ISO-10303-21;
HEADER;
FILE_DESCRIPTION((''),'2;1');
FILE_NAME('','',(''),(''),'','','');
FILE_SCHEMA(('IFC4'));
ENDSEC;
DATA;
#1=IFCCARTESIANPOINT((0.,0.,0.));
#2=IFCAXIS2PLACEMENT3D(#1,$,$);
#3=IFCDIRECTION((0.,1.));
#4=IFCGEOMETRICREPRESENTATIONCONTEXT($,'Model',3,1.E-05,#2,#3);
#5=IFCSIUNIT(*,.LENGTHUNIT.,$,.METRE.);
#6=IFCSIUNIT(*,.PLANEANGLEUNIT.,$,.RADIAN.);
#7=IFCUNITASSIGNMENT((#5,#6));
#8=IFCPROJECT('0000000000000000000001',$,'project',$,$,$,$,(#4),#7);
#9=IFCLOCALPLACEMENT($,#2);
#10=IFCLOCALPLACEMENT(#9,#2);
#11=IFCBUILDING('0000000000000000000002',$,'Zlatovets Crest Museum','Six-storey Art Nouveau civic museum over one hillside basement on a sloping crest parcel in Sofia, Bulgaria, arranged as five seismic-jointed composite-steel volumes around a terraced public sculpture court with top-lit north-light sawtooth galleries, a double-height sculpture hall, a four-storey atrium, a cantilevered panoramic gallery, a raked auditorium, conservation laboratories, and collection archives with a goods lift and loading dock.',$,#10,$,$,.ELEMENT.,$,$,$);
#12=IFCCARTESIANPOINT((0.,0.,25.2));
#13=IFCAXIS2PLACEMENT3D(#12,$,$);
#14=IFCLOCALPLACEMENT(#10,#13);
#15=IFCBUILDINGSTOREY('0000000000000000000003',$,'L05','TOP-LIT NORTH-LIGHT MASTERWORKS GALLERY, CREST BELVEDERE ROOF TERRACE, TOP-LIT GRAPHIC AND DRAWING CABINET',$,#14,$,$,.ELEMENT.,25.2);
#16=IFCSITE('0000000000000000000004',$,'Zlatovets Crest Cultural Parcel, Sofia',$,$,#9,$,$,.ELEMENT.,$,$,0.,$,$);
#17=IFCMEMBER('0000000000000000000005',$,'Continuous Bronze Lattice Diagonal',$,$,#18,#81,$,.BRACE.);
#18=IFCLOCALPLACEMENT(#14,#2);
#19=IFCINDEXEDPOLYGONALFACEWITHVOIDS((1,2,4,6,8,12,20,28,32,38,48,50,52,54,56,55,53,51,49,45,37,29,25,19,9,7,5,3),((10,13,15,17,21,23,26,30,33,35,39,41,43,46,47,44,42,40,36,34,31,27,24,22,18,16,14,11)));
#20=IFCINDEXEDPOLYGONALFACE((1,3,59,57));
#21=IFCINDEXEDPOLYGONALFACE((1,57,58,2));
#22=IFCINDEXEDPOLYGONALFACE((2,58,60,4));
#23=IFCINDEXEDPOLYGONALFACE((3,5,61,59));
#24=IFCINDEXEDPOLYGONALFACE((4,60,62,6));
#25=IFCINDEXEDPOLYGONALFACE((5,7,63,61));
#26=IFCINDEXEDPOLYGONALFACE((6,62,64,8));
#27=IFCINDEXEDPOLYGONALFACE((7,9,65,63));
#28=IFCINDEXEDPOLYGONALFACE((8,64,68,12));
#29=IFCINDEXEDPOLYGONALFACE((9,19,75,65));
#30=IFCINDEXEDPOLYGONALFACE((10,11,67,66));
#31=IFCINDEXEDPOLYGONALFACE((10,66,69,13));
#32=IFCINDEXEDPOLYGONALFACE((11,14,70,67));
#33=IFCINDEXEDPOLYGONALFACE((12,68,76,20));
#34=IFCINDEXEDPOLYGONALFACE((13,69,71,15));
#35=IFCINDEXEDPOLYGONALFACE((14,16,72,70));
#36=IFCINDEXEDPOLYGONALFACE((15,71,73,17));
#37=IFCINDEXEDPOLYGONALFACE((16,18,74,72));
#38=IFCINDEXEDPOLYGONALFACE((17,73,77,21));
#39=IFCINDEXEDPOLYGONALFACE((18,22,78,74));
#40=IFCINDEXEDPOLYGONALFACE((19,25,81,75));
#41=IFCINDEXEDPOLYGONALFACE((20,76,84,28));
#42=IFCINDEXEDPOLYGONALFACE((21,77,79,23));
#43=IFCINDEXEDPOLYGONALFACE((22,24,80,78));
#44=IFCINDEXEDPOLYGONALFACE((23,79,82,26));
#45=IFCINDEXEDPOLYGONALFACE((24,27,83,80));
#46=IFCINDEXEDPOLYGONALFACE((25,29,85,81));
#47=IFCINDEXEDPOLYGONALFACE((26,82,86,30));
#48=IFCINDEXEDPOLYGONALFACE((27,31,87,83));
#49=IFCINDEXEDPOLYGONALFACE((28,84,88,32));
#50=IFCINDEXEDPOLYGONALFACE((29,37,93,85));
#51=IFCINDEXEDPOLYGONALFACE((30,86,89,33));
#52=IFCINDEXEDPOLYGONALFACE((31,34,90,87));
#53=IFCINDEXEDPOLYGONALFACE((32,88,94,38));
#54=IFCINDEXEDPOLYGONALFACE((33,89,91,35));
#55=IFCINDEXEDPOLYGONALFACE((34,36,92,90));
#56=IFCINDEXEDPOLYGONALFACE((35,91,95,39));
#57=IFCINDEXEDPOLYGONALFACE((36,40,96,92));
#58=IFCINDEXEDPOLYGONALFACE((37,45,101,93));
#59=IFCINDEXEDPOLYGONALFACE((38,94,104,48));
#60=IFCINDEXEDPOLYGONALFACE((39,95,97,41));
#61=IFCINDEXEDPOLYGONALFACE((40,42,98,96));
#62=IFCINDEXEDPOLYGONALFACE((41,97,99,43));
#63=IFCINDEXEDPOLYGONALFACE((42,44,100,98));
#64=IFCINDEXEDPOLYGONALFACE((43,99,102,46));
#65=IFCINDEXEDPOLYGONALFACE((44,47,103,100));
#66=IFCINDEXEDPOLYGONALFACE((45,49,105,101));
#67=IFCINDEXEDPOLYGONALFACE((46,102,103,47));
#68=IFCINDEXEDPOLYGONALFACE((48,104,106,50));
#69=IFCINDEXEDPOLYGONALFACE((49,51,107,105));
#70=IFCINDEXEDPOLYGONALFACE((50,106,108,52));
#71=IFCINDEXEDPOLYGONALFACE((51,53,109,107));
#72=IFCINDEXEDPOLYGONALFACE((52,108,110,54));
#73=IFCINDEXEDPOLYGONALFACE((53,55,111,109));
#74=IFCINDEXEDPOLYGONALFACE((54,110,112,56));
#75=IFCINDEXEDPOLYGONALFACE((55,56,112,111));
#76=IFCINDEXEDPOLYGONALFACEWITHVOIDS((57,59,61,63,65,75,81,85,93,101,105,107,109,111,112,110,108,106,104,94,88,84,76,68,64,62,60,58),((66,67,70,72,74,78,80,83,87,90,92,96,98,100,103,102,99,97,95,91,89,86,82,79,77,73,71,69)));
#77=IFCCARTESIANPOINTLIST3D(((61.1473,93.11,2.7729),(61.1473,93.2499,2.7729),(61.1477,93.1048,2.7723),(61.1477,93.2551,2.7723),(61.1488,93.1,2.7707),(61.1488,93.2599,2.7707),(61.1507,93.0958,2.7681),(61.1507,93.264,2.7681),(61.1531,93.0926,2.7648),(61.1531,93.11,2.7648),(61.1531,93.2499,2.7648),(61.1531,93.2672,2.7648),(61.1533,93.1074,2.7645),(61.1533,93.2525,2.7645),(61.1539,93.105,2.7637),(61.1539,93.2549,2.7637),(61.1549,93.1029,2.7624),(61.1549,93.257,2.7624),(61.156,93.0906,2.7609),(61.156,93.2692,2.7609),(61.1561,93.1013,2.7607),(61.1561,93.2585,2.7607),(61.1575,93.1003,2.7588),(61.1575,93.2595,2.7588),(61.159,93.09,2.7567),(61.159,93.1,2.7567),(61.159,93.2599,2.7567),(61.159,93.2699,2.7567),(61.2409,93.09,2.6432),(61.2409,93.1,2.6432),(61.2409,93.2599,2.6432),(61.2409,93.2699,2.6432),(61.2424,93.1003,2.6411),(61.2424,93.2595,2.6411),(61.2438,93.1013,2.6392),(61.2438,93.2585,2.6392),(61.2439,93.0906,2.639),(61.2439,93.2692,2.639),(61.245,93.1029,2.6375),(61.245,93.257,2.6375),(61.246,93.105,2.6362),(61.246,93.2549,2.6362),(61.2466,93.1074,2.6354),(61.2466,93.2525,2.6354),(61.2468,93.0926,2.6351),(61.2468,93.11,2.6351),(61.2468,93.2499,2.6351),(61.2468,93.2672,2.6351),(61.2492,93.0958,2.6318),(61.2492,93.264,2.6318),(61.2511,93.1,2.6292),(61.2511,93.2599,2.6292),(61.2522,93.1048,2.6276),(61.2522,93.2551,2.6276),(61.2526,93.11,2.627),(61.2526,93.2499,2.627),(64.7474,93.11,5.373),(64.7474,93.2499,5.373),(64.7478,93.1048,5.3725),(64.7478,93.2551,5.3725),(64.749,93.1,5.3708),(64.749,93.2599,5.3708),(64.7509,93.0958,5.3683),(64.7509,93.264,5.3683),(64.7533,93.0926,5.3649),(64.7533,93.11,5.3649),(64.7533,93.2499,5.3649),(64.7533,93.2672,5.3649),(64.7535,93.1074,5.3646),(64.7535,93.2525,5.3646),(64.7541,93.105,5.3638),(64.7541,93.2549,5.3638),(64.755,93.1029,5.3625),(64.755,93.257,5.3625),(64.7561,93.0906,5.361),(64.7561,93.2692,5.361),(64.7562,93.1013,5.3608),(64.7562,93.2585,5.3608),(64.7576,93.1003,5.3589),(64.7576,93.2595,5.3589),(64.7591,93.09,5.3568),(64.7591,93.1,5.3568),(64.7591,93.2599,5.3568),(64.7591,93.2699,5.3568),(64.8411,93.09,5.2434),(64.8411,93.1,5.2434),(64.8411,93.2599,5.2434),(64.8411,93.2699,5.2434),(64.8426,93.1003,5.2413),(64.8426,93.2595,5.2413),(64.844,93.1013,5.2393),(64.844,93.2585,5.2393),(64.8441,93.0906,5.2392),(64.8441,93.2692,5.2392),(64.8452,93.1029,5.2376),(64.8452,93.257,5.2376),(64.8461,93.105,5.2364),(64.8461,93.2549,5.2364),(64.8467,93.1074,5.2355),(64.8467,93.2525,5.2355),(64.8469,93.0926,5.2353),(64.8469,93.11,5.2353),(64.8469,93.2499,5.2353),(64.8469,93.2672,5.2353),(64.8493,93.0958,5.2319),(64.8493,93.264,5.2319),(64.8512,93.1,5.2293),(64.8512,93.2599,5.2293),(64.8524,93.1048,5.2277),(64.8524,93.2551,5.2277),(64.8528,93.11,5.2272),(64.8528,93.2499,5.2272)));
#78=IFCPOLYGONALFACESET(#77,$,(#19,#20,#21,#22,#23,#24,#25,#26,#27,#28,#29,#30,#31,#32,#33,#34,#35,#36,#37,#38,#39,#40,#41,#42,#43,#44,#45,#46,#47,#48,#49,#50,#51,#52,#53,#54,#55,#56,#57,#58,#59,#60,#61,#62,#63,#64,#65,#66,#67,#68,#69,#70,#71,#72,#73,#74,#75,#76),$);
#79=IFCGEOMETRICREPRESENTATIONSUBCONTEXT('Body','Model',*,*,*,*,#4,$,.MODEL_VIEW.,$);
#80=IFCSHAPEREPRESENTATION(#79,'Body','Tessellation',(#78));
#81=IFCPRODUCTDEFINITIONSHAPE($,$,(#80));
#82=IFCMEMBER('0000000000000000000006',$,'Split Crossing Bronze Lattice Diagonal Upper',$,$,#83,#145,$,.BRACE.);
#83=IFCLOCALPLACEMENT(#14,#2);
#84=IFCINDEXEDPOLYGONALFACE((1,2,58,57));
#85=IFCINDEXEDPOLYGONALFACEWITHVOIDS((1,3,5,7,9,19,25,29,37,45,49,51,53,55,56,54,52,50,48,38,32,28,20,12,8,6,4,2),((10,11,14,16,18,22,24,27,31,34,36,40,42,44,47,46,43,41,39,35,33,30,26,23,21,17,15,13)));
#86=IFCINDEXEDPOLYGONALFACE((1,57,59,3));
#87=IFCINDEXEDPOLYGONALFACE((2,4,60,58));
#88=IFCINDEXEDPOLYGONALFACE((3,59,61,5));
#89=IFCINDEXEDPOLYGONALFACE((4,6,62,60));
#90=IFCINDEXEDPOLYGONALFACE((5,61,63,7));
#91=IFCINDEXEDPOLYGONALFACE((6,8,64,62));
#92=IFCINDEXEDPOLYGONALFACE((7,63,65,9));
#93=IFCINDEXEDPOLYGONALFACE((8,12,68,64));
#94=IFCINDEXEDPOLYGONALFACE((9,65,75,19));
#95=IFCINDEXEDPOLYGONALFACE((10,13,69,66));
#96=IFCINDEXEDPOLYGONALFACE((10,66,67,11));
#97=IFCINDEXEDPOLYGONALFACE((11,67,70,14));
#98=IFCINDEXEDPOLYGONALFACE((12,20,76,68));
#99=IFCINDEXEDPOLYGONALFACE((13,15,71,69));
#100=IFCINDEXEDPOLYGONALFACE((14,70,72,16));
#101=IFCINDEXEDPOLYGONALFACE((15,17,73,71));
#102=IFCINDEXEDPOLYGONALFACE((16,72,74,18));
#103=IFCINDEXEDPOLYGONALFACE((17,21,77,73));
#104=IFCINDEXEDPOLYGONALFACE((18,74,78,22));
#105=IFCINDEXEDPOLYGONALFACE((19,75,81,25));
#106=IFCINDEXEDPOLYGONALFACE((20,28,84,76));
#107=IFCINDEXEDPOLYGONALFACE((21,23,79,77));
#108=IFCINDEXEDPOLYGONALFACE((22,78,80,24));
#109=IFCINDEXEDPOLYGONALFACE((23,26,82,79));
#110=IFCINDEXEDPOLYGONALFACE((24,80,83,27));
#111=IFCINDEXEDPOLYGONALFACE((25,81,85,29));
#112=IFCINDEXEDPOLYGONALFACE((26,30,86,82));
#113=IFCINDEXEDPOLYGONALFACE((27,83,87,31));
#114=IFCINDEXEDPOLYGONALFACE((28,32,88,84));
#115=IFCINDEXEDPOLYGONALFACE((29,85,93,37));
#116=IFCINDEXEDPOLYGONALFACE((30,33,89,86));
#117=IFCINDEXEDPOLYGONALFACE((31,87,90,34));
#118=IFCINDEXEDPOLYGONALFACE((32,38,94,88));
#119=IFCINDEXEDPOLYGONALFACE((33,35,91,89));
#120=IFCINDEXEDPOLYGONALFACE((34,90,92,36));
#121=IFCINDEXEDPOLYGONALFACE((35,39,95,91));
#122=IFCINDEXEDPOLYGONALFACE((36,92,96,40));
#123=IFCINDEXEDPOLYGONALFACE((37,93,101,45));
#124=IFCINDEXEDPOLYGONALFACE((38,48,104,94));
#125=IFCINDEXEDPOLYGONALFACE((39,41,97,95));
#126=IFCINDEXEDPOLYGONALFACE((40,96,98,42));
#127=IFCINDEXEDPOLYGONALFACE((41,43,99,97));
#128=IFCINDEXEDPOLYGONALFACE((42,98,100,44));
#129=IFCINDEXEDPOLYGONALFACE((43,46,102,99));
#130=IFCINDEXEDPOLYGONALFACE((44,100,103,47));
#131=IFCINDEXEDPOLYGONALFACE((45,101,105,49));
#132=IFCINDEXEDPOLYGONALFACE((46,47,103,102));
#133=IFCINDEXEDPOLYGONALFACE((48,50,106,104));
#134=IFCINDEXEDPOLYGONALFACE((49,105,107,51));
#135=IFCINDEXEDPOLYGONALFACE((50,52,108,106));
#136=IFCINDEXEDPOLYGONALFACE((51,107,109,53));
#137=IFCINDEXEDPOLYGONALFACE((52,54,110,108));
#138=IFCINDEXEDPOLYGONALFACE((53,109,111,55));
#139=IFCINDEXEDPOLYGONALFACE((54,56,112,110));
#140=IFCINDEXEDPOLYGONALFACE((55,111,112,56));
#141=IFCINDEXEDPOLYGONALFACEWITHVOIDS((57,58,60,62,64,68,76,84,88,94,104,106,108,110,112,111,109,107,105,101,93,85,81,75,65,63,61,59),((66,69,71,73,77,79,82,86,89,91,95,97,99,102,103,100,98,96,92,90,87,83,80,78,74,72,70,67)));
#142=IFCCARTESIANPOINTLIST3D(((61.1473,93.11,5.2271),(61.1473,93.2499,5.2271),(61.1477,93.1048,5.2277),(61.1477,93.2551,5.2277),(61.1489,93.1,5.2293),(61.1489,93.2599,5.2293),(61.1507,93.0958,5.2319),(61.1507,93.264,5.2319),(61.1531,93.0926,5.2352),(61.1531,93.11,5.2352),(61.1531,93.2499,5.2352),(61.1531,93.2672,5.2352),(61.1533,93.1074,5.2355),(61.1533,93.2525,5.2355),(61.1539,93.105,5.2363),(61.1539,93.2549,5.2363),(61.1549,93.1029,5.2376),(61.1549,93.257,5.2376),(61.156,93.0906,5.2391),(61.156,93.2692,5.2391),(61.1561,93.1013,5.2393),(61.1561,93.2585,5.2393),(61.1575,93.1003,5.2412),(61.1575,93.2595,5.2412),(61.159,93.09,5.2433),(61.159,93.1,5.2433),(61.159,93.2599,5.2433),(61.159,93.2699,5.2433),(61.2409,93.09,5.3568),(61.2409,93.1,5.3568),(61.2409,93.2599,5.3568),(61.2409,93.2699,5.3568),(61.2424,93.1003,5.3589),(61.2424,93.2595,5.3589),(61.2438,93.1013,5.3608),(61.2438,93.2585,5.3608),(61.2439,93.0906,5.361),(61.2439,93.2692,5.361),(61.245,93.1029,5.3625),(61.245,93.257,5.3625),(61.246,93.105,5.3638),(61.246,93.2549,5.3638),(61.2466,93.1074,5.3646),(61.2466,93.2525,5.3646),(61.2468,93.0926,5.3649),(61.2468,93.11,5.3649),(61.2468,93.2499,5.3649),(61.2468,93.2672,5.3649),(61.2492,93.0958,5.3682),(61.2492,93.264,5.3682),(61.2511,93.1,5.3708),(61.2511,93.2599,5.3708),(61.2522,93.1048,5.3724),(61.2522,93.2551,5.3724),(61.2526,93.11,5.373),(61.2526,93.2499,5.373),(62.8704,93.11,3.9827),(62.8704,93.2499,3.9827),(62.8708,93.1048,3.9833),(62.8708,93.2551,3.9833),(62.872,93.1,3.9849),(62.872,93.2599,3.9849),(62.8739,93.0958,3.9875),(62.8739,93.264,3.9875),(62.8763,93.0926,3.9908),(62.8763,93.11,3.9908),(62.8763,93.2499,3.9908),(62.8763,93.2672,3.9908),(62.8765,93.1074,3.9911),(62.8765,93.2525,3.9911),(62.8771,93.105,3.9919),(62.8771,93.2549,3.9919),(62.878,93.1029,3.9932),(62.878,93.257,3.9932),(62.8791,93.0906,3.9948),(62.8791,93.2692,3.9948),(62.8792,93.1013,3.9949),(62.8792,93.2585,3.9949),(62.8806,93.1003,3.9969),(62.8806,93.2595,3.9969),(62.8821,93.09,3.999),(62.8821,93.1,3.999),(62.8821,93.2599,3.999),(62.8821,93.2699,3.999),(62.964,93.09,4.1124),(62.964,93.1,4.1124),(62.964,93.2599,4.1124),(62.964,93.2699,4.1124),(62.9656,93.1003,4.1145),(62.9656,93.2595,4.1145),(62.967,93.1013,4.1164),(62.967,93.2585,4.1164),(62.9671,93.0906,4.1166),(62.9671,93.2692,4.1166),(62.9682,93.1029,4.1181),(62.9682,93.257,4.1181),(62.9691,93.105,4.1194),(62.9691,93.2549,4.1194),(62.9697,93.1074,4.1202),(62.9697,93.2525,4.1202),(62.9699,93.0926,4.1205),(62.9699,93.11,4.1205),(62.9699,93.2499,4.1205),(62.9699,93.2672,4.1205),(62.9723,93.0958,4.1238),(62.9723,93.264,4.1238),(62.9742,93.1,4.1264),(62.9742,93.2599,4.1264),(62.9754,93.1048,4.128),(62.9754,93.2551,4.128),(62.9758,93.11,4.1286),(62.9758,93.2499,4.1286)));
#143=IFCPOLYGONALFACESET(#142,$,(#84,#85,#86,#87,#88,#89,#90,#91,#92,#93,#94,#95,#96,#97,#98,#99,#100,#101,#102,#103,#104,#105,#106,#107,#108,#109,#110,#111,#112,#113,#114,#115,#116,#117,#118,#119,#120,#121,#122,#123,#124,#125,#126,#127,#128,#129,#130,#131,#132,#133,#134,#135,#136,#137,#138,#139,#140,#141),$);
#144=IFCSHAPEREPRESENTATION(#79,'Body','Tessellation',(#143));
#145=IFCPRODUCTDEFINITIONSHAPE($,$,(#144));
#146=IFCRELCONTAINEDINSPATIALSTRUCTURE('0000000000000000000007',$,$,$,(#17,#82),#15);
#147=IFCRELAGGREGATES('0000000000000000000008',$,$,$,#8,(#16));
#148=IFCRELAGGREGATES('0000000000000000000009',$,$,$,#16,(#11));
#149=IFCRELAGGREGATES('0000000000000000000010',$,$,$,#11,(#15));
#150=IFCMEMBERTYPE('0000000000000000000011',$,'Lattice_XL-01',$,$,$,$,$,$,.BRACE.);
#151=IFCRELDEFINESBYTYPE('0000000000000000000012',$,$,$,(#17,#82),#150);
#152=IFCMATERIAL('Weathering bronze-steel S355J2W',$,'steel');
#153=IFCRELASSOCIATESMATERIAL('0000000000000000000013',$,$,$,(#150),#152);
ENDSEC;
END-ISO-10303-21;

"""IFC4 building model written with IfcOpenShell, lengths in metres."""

from ifc_helpers import new_model, si_unit, direction, frame, origin, origin_2d, place, context, subcontext, project, spatial, hollow_rectangle, extrude, material, material_profile, profile_set, type_object, element, save


model = new_model("IFC4")

# Units and contexts
model_context = context("Model", 3, precision=1e-05, world=origin(), true_north=direction((0.0, 1.0)))
body_context = subcontext(model_context, "Body", "Model", "MODEL_VIEW")
ifc_project = project(units=[si_unit("LENGTHUNIT", "METRE"), si_unit("PLANEANGLEUNIT", "RADIAN")], contexts=[model_context])

# Site, building, storey
site_placement = place(None, origin())
site = spatial("IfcSite", under=ifc_project, at=site_placement, Name="Zlatovets Crest Cultural Parcel, Sofia", CompositionType="ELEMENT", RefElevation=0.0)
building_placement = place(site_placement, origin())
building = spatial("IfcBuilding", under=site, at=building_placement, Name="Zlatovets Crest Museum", Description="Six-storey Art Nouveau civic museum over one hillside basement on a sloping crest parcel in Sofia, Bulgaria, arranged as five seismic-jointed composite-steel volumes around a terraced public sculpture court with top-lit north-light sawtooth galleries, a double-height sculpture hall, a four-storey atrium, a cantilevered panoramic gallery, a raked auditorium, conservation laboratories, and collection archives with a goods lift and loading dock.", CompositionType="ELEMENT")
storey_placement = place(building_placement, frame((0.0, 0.0, 25.2)))
storey = spatial("IfcBuildingStorey", under=building, at=storey_placement, Name="L05", Description="TOP-LIT NORTH-LIGHT MASTERWORKS GALLERY, CREST BELVEDERE ROOF TERRACE, TOP-LIT GRAPHIC AND DRAWING CABINET", CompositionType="ELEMENT", Elevation=25.2)

# Members
ifc_material_1 = material(Name="Weathering bronze-steel S355J2W", Category="steel")
ifc_material_profile_1 = material_profile(ifc_material_1, hollow_rectangle(XDim=0.1799, YDim=0.1799, WallThickness=0.01, InnerFilletRadius=0.01, OuterFilletRadius=0.02, at=origin_2d()), Name="SHS 180x180x10.0")
ifc_profile_set_1 = profile_set([ifc_material_profile_1], Name="Weathering bronze-steel S355J2W")
member_type_1 = type_object("IfcMemberType", Name="Lattice_XL-01", PredefinedType="BRACE", material=ifc_profile_set_1)
member_1_placement = place(storey_placement, frame((61.2, 93.1799, 2.7), z_axis=(0.810676, 0.0, 0.585495), x_axis=(0.0, 1.0, 0.0)))
element("IfcMember", 1, at=member_1_placement, inside=storey, type_object=member_type_1, Name="Continuous Bronze Lattice Diagonal", PredefinedType="BRACE", context=body_context, shape_type="SweptSolid", body=[
    extrude(hollow_rectangle(XDim=0.1799, YDim=0.1799, WallThickness=0.01, InnerFilletRadius=0.01, OuterFilletRadius=0.02, at=origin_2d()), origin(), (0.0, 0.0, 1.0), 4.4409),
])
for number, where, z_axis, x_axis, name in (
    (2, (61.2, 93.1799, 5.3), (0.810703, 0.0, -0.585457), (0.0, 1.0, 0.0), "Split Crossing Bronze Lattice Diagonal Upper"),
):
    element("IfcMember", number, at=place(storey_placement, frame(where, z_axis=z_axis, x_axis=x_axis)), inside=storey, type_object=member_type_1, Name=name, PredefinedType="BRACE", context=body_context, shape_type="SweptSolid", body=[
        extrude(hollow_rectangle(XDim=0.1799, YDim=0.1799, WallThickness=0.01, InnerFilletRadius=0.01, OuterFilletRadius=0.02, at=origin_2d()), origin(), (0.0, 0.0, 1.0), 2.1255),
    ])

save(model, "model.ifc")
